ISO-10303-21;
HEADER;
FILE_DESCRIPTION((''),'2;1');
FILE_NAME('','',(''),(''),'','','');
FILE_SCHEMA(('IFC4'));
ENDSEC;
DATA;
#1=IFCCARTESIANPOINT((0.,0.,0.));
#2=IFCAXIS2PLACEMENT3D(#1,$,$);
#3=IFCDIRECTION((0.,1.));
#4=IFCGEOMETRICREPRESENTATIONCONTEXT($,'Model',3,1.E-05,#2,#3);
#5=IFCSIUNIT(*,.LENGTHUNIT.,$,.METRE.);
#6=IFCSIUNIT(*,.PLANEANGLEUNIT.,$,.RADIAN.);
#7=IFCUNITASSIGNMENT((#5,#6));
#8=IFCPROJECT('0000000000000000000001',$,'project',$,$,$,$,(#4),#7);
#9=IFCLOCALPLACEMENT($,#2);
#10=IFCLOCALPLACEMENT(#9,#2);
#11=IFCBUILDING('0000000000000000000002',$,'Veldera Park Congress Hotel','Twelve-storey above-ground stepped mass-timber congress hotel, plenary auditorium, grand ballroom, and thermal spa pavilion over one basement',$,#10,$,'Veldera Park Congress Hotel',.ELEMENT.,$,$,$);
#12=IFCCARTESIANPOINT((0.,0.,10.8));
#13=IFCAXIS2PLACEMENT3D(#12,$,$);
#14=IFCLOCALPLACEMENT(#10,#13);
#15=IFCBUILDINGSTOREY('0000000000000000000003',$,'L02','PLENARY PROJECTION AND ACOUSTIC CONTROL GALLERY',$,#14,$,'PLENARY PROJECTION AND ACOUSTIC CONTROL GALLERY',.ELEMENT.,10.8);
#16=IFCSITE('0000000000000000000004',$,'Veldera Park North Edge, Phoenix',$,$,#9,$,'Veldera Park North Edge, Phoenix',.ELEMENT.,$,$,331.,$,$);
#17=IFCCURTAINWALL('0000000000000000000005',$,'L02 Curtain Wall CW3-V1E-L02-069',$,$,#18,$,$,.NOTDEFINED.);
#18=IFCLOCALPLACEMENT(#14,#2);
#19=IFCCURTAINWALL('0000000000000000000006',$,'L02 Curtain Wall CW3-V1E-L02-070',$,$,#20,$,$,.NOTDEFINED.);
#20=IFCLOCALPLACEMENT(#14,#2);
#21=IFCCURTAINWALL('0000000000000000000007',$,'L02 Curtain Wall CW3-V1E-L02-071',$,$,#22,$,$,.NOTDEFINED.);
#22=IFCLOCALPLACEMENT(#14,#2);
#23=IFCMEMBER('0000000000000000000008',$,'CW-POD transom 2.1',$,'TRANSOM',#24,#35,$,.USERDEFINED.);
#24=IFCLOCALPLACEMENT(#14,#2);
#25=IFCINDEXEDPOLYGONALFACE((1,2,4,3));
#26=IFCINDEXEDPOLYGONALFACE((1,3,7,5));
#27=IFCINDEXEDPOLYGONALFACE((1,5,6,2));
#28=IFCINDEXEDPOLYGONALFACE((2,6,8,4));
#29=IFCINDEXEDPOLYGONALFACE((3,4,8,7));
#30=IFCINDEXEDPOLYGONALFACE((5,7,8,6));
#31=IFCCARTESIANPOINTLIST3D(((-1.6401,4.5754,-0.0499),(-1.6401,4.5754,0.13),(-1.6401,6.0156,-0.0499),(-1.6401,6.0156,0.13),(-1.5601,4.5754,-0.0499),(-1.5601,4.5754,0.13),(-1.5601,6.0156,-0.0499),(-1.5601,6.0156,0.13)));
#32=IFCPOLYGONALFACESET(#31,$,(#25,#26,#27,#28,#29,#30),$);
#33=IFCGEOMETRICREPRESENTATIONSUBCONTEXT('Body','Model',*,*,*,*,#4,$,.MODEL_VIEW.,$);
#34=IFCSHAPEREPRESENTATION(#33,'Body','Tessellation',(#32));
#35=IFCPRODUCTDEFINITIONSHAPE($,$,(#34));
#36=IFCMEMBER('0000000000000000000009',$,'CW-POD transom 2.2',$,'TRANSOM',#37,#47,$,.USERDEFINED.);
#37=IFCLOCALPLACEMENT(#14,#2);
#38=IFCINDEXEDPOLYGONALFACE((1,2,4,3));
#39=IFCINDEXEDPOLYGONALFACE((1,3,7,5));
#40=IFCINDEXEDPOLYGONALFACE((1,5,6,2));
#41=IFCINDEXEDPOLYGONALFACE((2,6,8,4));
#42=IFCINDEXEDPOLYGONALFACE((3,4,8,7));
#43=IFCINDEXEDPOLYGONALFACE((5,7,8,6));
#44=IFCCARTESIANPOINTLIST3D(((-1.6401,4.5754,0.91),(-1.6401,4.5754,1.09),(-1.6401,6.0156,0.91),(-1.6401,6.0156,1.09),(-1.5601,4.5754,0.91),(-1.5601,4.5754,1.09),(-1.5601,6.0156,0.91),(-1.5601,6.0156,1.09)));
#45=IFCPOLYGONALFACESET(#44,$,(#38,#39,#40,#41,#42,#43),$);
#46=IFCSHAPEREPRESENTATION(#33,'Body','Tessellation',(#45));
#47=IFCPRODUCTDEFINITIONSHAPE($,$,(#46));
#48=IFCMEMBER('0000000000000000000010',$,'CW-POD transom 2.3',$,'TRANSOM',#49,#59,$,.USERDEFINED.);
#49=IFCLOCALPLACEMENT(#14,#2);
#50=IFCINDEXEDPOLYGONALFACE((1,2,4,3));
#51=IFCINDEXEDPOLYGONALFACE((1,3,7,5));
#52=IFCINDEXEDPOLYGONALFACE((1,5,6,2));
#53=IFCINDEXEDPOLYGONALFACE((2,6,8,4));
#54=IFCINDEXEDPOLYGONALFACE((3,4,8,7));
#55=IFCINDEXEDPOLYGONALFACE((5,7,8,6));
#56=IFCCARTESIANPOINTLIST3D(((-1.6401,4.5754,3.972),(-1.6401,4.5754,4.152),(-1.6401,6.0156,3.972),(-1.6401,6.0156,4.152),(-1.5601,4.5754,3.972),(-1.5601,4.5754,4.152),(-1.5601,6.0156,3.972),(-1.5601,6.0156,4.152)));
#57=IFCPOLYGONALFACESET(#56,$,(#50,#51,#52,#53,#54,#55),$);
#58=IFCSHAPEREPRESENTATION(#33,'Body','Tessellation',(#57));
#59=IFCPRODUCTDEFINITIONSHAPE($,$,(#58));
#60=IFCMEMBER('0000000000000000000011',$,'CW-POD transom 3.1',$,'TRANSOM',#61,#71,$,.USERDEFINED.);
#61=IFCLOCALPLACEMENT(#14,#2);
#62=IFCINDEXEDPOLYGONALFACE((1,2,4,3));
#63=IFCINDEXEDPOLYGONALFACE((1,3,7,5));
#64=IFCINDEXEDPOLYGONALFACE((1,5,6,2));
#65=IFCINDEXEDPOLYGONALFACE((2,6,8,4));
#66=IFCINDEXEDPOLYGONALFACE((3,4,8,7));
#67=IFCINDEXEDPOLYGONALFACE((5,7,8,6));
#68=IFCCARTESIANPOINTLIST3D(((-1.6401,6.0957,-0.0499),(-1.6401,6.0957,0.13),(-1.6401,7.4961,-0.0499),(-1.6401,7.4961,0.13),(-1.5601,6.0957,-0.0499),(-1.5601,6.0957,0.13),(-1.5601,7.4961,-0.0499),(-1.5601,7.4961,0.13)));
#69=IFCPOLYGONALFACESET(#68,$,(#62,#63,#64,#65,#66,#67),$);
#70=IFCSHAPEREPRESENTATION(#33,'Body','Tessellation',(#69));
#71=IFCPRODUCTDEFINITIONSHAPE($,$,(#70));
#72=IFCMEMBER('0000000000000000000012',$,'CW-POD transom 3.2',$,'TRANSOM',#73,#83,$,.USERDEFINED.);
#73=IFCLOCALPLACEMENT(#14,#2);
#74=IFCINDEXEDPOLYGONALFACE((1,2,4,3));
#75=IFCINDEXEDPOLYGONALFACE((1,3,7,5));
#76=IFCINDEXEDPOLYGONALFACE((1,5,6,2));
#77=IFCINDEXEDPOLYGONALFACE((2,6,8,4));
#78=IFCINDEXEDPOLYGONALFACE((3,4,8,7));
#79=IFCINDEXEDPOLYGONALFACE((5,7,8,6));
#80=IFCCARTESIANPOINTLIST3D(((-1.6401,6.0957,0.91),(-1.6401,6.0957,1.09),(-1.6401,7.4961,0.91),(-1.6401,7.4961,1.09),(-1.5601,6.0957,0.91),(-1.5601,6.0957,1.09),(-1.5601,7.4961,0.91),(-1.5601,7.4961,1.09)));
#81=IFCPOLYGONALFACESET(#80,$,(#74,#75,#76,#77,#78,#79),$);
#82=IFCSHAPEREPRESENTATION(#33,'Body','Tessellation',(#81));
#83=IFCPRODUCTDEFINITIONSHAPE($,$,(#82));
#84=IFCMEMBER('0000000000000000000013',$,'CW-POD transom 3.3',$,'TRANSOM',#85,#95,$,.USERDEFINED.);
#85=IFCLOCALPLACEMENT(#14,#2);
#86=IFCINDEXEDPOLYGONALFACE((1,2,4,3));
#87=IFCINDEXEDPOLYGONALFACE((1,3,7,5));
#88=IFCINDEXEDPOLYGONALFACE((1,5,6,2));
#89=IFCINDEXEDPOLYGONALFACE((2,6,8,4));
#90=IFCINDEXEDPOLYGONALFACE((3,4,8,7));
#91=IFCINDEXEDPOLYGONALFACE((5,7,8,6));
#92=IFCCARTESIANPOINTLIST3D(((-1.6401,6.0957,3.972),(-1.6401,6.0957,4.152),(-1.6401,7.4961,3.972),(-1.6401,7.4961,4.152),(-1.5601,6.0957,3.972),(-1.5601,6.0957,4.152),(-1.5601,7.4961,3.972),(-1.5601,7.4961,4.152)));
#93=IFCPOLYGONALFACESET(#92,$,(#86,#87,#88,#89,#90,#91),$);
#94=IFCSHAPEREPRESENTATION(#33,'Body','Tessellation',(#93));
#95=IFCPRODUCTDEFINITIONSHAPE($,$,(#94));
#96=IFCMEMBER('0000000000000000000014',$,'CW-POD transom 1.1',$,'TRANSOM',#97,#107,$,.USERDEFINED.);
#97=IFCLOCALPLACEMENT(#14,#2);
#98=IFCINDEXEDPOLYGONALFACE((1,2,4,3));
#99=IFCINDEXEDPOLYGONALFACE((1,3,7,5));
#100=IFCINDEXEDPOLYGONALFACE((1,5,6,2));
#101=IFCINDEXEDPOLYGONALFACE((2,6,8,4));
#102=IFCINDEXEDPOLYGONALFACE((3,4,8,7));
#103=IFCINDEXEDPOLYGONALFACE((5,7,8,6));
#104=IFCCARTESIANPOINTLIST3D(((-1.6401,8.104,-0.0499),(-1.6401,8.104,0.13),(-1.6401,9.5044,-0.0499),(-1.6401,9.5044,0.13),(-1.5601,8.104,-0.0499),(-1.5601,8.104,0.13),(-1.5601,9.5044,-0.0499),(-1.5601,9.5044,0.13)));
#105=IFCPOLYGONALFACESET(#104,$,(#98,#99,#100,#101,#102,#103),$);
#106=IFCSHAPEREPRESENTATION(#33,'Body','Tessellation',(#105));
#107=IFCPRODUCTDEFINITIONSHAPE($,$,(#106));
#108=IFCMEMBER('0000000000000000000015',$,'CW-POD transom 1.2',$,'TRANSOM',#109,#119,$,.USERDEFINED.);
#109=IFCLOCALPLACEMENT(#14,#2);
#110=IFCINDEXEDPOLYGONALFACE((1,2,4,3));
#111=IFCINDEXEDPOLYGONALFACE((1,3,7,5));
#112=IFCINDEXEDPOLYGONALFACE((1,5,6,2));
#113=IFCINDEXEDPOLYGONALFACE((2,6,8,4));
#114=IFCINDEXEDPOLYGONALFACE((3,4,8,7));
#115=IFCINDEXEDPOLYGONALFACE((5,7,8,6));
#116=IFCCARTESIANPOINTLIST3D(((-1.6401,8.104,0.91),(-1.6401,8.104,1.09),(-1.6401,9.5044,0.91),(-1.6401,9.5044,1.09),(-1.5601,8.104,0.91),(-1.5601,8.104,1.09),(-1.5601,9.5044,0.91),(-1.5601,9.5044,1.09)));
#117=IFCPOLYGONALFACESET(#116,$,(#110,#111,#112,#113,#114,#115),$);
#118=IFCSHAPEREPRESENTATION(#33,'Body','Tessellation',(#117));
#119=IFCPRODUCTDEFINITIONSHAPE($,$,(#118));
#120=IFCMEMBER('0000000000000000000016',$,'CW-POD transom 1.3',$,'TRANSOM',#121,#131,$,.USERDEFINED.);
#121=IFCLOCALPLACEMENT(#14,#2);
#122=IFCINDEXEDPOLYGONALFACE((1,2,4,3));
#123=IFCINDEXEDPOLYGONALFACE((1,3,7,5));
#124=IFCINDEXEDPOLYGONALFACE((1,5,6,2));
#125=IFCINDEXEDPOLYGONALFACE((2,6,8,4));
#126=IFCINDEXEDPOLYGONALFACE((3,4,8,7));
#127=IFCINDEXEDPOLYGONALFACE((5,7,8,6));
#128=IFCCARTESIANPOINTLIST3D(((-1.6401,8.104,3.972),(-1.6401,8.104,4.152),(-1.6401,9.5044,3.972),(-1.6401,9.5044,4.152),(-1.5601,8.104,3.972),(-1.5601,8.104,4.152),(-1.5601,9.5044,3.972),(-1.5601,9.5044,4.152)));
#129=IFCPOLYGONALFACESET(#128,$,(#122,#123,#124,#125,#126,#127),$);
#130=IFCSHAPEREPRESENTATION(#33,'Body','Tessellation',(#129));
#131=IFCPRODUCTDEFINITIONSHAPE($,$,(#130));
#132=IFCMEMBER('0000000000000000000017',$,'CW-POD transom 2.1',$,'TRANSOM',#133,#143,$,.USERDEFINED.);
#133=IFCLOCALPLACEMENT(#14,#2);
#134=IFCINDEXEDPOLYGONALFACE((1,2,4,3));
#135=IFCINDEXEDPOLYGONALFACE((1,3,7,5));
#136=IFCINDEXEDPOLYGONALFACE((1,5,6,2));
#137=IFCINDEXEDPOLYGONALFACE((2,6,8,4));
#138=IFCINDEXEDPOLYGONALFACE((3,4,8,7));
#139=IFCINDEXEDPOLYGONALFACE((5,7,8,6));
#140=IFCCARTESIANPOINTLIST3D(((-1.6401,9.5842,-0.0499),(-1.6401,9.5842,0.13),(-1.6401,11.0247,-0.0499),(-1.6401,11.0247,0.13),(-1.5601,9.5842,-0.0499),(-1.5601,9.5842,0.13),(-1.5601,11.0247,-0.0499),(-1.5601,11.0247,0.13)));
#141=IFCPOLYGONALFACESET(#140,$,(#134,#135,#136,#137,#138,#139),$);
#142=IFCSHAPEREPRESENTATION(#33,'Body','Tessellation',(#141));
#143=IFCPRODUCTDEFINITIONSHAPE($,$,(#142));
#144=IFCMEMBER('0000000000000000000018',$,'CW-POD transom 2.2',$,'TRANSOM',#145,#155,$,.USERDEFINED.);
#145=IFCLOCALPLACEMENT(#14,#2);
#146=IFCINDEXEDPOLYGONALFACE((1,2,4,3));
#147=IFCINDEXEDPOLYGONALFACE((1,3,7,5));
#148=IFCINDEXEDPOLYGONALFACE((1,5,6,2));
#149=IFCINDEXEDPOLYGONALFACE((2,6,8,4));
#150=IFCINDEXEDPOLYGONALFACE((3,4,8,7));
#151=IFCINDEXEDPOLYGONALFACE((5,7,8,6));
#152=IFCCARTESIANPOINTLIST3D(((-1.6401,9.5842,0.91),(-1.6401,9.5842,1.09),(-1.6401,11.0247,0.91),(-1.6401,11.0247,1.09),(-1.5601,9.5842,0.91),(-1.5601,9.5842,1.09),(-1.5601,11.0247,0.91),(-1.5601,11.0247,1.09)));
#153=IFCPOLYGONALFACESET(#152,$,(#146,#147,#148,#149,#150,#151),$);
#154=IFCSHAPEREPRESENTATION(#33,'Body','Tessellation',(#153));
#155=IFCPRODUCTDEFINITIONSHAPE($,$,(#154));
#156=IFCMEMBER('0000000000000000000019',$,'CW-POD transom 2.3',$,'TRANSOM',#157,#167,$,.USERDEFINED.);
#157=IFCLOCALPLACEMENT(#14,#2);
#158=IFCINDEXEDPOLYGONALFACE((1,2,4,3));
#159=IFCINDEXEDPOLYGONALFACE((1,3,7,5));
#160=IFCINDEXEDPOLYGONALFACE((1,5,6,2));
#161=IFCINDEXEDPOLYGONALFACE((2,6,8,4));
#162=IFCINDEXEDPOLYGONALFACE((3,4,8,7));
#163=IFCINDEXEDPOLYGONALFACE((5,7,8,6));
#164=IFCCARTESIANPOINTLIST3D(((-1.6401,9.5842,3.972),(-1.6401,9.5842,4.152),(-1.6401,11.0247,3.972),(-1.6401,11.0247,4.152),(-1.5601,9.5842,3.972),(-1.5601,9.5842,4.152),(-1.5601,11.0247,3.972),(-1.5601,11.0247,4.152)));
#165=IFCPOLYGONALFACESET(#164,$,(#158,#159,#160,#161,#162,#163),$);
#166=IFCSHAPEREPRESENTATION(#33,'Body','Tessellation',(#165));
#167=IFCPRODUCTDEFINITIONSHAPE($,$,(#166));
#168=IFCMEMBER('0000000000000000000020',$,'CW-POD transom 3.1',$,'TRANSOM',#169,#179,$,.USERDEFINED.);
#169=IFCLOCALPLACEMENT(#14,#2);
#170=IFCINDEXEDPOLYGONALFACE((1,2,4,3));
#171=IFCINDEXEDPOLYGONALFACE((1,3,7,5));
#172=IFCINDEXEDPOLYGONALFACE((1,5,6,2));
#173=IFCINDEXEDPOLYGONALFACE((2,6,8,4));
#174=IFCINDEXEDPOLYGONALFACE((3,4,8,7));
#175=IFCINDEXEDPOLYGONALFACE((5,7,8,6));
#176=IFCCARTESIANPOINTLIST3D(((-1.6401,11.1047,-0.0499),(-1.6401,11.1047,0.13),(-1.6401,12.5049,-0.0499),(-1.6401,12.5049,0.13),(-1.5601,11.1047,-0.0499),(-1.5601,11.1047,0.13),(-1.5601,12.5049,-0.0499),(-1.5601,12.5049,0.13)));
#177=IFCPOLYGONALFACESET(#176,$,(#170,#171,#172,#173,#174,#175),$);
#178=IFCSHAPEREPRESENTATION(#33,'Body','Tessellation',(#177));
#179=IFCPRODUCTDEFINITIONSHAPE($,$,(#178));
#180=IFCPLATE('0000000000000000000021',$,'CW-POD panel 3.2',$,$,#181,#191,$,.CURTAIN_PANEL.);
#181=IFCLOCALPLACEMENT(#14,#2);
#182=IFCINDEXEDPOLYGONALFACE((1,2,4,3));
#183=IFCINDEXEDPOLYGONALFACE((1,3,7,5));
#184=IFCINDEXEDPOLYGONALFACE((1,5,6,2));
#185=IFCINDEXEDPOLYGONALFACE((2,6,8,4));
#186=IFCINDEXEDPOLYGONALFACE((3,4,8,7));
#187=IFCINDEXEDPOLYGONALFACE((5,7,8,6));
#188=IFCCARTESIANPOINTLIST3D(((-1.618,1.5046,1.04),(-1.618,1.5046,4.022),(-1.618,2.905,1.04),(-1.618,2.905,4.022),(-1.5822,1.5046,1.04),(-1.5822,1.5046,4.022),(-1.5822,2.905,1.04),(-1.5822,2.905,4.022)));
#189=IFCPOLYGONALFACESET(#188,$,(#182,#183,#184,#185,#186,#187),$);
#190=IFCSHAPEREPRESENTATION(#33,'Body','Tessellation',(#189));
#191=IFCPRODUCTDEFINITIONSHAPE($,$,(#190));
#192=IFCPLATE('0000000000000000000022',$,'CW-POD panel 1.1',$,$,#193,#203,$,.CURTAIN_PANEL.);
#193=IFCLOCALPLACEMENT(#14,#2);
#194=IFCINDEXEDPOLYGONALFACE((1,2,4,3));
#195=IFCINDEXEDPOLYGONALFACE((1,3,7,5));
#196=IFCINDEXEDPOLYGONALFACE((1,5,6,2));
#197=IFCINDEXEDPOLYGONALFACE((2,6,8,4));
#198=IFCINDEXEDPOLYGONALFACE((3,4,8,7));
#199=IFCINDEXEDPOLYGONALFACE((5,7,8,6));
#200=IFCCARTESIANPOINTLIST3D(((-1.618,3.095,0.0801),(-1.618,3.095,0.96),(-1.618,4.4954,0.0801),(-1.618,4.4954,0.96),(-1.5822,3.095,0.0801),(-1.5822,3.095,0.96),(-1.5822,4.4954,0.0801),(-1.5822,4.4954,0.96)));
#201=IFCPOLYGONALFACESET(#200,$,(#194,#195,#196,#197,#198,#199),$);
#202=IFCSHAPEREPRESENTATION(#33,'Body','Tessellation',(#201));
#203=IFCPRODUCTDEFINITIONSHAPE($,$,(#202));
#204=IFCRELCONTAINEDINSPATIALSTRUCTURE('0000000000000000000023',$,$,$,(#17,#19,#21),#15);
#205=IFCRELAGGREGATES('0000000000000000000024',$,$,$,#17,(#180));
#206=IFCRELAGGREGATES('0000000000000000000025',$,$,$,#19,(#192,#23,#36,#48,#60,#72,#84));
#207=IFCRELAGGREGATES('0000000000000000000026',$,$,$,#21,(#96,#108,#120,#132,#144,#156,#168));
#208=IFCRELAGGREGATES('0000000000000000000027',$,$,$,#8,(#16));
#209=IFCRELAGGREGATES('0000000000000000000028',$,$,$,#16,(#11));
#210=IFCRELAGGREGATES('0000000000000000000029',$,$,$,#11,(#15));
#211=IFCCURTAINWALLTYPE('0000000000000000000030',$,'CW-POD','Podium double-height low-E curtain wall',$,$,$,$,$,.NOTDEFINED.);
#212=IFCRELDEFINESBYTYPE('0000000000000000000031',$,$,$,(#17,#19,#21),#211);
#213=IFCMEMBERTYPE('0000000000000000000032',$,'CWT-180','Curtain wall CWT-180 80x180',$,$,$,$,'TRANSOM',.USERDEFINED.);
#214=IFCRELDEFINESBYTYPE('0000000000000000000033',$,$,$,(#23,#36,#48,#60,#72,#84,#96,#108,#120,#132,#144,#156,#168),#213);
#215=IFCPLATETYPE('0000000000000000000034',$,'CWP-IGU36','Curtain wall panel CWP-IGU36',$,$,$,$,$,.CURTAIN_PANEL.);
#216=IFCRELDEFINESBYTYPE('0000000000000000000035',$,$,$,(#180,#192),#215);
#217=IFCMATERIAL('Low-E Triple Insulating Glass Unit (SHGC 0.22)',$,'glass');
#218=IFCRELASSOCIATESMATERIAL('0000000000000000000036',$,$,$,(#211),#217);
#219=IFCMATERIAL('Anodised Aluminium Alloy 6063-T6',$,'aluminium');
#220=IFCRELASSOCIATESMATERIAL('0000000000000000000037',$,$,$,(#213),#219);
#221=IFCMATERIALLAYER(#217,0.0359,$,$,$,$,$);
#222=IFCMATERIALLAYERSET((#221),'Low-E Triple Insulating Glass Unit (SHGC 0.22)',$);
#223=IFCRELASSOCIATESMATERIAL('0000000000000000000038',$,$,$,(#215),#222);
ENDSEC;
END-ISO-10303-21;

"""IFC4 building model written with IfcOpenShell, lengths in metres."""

from ifc_helpers import new_model, si_unit, direction, frame, origin, origin_2d, place, context, subcontext, project, spatial, rectangle, extrude, material, layer, layer_set, material_profile, profile_set, type_object, element, aggregate, save


model = new_model("IFC4")

# Units and contexts
model_context = context("Model", 3, precision=1e-05, world=origin(), true_north=direction((0.0, 1.0)))
body_context = subcontext(model_context, "Body", "Model", "MODEL_VIEW")
ifc_project = project(units=[si_unit("LENGTHUNIT", "METRE"), si_unit("PLANEANGLEUNIT", "RADIAN")], contexts=[model_context])

# Site, building, storey
site_placement = place(None, origin())
site = spatial("IfcSite", under=ifc_project, at=site_placement, Name="Veldera Park North Edge, Phoenix", LongName="Veldera Park North Edge, Phoenix", CompositionType="ELEMENT", RefElevation=331.0)
building_placement = place(site_placement, origin())
building = spatial("IfcBuilding", under=site, at=building_placement, Name="Veldera Park Congress Hotel", Description="Twelve-storey above-ground stepped mass-timber congress hotel, plenary auditorium, grand ballroom, and thermal spa pavilion over one basement", LongName="Veldera Park Congress Hotel", CompositionType="ELEMENT")
storey_placement = place(building_placement, frame((0.0, 0.0, 10.8)))
storey = spatial("IfcBuildingStorey", under=building, at=storey_placement, Name="L02", Description="PLENARY PROJECTION AND ACOUSTIC CONTROL GALLERY", LongName="PLENARY PROJECTION AND ACOUSTIC CONTROL GALLERY", CompositionType="ELEMENT", Elevation=10.8)

# Curtain wall
ifc_material_1 = material(Name="Low-E Triple Insulating Glass Unit (SHGC 0.22)", Category="glass")
curtain_wall_type = type_object("IfcCurtainWallType", Name="CW-POD", Description="Podium double-height low-E curtain wall", PredefinedType="NOTDEFINED", material=ifc_material_1)
curtain_wall_1_placement = place(storey_placement, origin())
curtain_wall_1 = element("IfcCurtainWall", 1, at=curtain_wall_1_placement, inside=storey, type_object=curtain_wall_type, Name="L02 Curtain Wall CW3-V1E-L02-069", PredefinedType="NOTDEFINED")
ifc_material_2 = material(Name="Anodised Aluminium Alloy 6063-T6", Category="aluminium")

# Curtain walls
curtain_wall_2_placement = place(storey_placement, origin())
curtain_wall_2 = element("IfcCurtainWall", 2, at=curtain_wall_2_placement, inside=storey, type_object=curtain_wall_type, Name="L02 Curtain Wall CW3-V1E-L02-070", PredefinedType="NOTDEFINED")
curtain_wall_3_placement = place(storey_placement, origin())
curtain_wall_3 = element("IfcCurtainWall", 3, at=curtain_wall_3_placement, inside=storey, type_object=curtain_wall_type, Name="L02 Curtain Wall CW3-V1E-L02-071", PredefinedType="NOTDEFINED")

# Members
ifc_material_profile_1 = material_profile(ifc_material_2, rectangle(XDim=0.0801, YDim=0.1799, at=origin_2d()), Name="ALU 80x180")
ifc_profile_set_1 = profile_set([ifc_material_profile_1], Name="Anodised Aluminium Alloy 6063-T6")
member_type_1 = type_object("IfcMemberType", Name="CWT-180", Description="Curtain wall CWT-180 80x180", ElementType="TRANSOM", PredefinedType="USERDEFINED", material=ifc_profile_set_1)
member_1_placement = place(storey_placement, frame((-1.6001, 4.5754, 0.04), z_axis=(0.0, 1.0, 0.0), x_axis=(-1.0, 0.0, 0.0)))
member_1 = element("IfcMember", 4, at=member_1_placement, type_object=member_type_1, Name="CW-POD transom 2.1", ObjectType="TRANSOM", PredefinedType="USERDEFINED", context=body_context, shape_type="SweptSolid", body=[
    extrude(rectangle(XDim=0.0801, YDim=0.1799, at=origin_2d()), origin(), (0.0, 0.0, 1.0), 1.4402),
])
member_2_placement = place(storey_placement, frame((-1.6001, 4.5754, 1.0), z_axis=(0.0, 1.0, 0.0), x_axis=(-1.0, 0.0, 0.0)))
member_2 = element("IfcMember", 5, at=member_2_placement, type_object=member_type_1, Name="CW-POD transom 2.2", ObjectType="TRANSOM", PredefinedType="USERDEFINED", context=body_context, shape_type="SweptSolid", body=[
    extrude(rectangle(XDim=0.0801, YDim=0.1799, at=origin_2d()), origin(), (0.0, 0.0, 1.0), 1.4402),
])
member_3_placement = place(storey_placement, frame((-1.6001, 4.5754, 4.062), z_axis=(0.0, 1.0, 0.0), x_axis=(-1.0, 0.0, 0.0)))
member_3 = element("IfcMember", 6, at=member_3_placement, type_object=member_type_1, Name="CW-POD transom 2.3", ObjectType="TRANSOM", PredefinedType="USERDEFINED", context=body_context, shape_type="SweptSolid", body=[
    extrude(rectangle(XDim=0.0801, YDim=0.1799, at=origin_2d()), origin(), (0.0, 0.0, 1.0), 1.4402),
])
member_4_placement = place(storey_placement, frame((-1.6001, 6.0957, 0.04), z_axis=(0.0, 1.0, 0.0), x_axis=(-1.0, 0.0, 0.0)))
member_4 = element("IfcMember", 7, at=member_4_placement, type_object=member_type_1, Name="CW-POD transom 3.1", ObjectType="TRANSOM", PredefinedType="USERDEFINED", context=body_context, shape_type="SweptSolid", body=[
    extrude(rectangle(XDim=0.0801, YDim=0.1799, at=origin_2d()), origin(), (0.0, 0.0, 1.0), 1.4004),
])
member_5_placement = place(storey_placement, frame((-1.6001, 6.0957, 1.0), z_axis=(0.0, 1.0, 0.0), x_axis=(-1.0, 0.0, 0.0)))
member_5 = element("IfcMember", 8, at=member_5_placement, type_object=member_type_1, Name="CW-POD transom 3.2", ObjectType="TRANSOM", PredefinedType="USERDEFINED", context=body_context, shape_type="SweptSolid", body=[
    extrude(rectangle(XDim=0.0801, YDim=0.1799, at=origin_2d()), origin(), (0.0, 0.0, 1.0), 1.4004),
])
member_6_placement = place(storey_placement, frame((-1.6001, 6.0957, 4.062), z_axis=(0.0, 1.0, 0.0), x_axis=(-1.0, 0.0, 0.0)))
member_6 = element("IfcMember", 9, at=member_6_placement, type_object=member_type_1, Name="CW-POD transom 3.3", ObjectType="TRANSOM", PredefinedType="USERDEFINED", context=body_context, shape_type="SweptSolid", body=[
    extrude(rectangle(XDim=0.0801, YDim=0.1799, at=origin_2d()), origin(), (0.0, 0.0, 1.0), 1.4004),
])
member_7_placement = place(storey_placement, frame((-1.6001, 8.104, 0.04), z_axis=(0.0, 1.0, 0.0), x_axis=(-1.0, 0.0, 0.0)))
member_7 = element("IfcMember", 10, at=member_7_placement, type_object=member_type_1, Name="CW-POD transom 1.1", ObjectType="TRANSOM", PredefinedType="USERDEFINED", context=body_context, shape_type="SweptSolid", body=[
    extrude(rectangle(XDim=0.0801, YDim=0.1799, at=origin_2d()), origin(), (0.0, 0.0, 1.0), 1.4004),
])
member_8_placement = place(storey_placement, frame((-1.6001, 8.104, 1.0), z_axis=(0.0, 1.0, 0.0), x_axis=(-1.0, 0.0, 0.0)))
member_8 = element("IfcMember", 11, at=member_8_placement, type_object=member_type_1, Name="CW-POD transom 1.2", ObjectType="TRANSOM", PredefinedType="USERDEFINED", context=body_context, shape_type="SweptSolid", body=[
    extrude(rectangle(XDim=0.0801, YDim=0.1799, at=origin_2d()), origin(), (0.0, 0.0, 1.0), 1.4004),
])
member_9_placement = place(storey_placement, frame((-1.6001, 8.104, 4.062), z_axis=(0.0, 1.0, 0.0), x_axis=(-1.0, 0.0, 0.0)))
member_9 = element("IfcMember", 12, at=member_9_placement, type_object=member_type_1, Name="CW-POD transom 1.3", ObjectType="TRANSOM", PredefinedType="USERDEFINED", context=body_context, shape_type="SweptSolid", body=[
    extrude(rectangle(XDim=0.0801, YDim=0.1799, at=origin_2d()), origin(), (0.0, 0.0, 1.0), 1.4004),
])
member_10_placement = place(storey_placement, frame((-1.6001, 9.5842, 0.04), z_axis=(0.0, 1.0, 0.0), x_axis=(-1.0, 0.0, 0.0)))
member_10 = element("IfcMember", 13, at=member_10_placement, type_object=member_type_1, Name="CW-POD transom 2.1", ObjectType="TRANSOM", PredefinedType="USERDEFINED", context=body_context, shape_type="SweptSolid", body=[
    extrude(rectangle(XDim=0.0801, YDim=0.1799, at=origin_2d()), origin(), (0.0, 0.0, 1.0), 1.4404),
])
member_11_placement = place(storey_placement, frame((-1.6001, 9.5842, 1.0), z_axis=(0.0, 1.0, 0.0), x_axis=(-1.0, 0.0, 0.0)))
member_11 = element("IfcMember", 14, at=member_11_placement, type_object=member_type_1, Name="CW-POD transom 2.2", ObjectType="TRANSOM", PredefinedType="USERDEFINED", context=body_context, shape_type="SweptSolid", body=[
    extrude(rectangle(XDim=0.0801, YDim=0.1799, at=origin_2d()), origin(), (0.0, 0.0, 1.0), 1.4404),
])
member_12_placement = place(storey_placement, frame((-1.6001, 9.5842, 4.062), z_axis=(0.0, 1.0, 0.0), x_axis=(-1.0, 0.0, 0.0)))
member_12 = element("IfcMember", 15, at=member_12_placement, type_object=member_type_1, Name="CW-POD transom 2.3", ObjectType="TRANSOM", PredefinedType="USERDEFINED", context=body_context, shape_type="SweptSolid", body=[
    extrude(rectangle(XDim=0.0801, YDim=0.1799, at=origin_2d()), origin(), (0.0, 0.0, 1.0), 1.4404),
])
member_13_placement = place(storey_placement, frame((-1.6001, 11.1047, 0.04), z_axis=(0.0, 1.0, 0.0), x_axis=(-1.0, 0.0, 0.0)))
member_13 = element("IfcMember", 16, at=member_13_placement, type_object=member_type_1, Name="CW-POD transom 3.1", ObjectType="TRANSOM", PredefinedType="USERDEFINED", context=body_context, shape_type="SweptSolid", body=[
    extrude(rectangle(XDim=0.0801, YDim=0.1799, at=origin_2d()), origin(), (0.0, 0.0, 1.0), 1.4001),
])

# Plates
ifc_layer_1 = layer(ifc_material_1, 0.0359)
ifc_layer_set_1 = layer_set([ifc_layer_1], Name="Low-E Triple Insulating Glass Unit (SHGC 0.22)")
plate_type = type_object("IfcPlateType", Name="CWP-IGU36", Description="Curtain wall panel CWP-IGU36", PredefinedType="CURTAIN_PANEL", material=ifc_layer_set_1)
plate_1_placement = place(storey_placement, frame((-1.6001, 2.2048, 1.04), z_axis=(0.0, 0.0, 1.0), x_axis=(0.0, 1.0, 0.0)))
plate_1 = element("IfcPlate", 17, at=plate_1_placement, type_object=plate_type, Name="CW-POD panel 3.2", PredefinedType="CURTAIN_PANEL", context=body_context, shape_type="SweptSolid", body=[
    extrude(rectangle(XDim=1.4004, YDim=0.0359, at=origin_2d()), origin(), (0.0, 0.0, 1.0), 2.9819),
])
aggregate(curtain_wall_1, [plate_1])
plate_2_placement = place(storey_placement, frame((-1.6001, 3.7952, 0.0801), z_axis=(0.0, 0.0, 1.0), x_axis=(0.0, 1.0, 0.0)))
plate_2 = element("IfcPlate", 18, at=plate_2_placement, type_object=plate_type, Name="CW-POD panel 1.1", PredefinedType="CURTAIN_PANEL", context=body_context, shape_type="SweptSolid", body=[
    extrude(rectangle(XDim=1.4004, YDim=0.0359, at=origin_2d()), origin(), (0.0, 0.0, 1.0), 0.8799),
])
aggregate(curtain_wall_2, [plate_2, member_1, member_2, member_3, member_4, member_5, member_6])
aggregate(curtain_wall_3, [member_7, member_8, member_9, member_10, member_11, member_12, member_13])

save(model, "model.ifc")
